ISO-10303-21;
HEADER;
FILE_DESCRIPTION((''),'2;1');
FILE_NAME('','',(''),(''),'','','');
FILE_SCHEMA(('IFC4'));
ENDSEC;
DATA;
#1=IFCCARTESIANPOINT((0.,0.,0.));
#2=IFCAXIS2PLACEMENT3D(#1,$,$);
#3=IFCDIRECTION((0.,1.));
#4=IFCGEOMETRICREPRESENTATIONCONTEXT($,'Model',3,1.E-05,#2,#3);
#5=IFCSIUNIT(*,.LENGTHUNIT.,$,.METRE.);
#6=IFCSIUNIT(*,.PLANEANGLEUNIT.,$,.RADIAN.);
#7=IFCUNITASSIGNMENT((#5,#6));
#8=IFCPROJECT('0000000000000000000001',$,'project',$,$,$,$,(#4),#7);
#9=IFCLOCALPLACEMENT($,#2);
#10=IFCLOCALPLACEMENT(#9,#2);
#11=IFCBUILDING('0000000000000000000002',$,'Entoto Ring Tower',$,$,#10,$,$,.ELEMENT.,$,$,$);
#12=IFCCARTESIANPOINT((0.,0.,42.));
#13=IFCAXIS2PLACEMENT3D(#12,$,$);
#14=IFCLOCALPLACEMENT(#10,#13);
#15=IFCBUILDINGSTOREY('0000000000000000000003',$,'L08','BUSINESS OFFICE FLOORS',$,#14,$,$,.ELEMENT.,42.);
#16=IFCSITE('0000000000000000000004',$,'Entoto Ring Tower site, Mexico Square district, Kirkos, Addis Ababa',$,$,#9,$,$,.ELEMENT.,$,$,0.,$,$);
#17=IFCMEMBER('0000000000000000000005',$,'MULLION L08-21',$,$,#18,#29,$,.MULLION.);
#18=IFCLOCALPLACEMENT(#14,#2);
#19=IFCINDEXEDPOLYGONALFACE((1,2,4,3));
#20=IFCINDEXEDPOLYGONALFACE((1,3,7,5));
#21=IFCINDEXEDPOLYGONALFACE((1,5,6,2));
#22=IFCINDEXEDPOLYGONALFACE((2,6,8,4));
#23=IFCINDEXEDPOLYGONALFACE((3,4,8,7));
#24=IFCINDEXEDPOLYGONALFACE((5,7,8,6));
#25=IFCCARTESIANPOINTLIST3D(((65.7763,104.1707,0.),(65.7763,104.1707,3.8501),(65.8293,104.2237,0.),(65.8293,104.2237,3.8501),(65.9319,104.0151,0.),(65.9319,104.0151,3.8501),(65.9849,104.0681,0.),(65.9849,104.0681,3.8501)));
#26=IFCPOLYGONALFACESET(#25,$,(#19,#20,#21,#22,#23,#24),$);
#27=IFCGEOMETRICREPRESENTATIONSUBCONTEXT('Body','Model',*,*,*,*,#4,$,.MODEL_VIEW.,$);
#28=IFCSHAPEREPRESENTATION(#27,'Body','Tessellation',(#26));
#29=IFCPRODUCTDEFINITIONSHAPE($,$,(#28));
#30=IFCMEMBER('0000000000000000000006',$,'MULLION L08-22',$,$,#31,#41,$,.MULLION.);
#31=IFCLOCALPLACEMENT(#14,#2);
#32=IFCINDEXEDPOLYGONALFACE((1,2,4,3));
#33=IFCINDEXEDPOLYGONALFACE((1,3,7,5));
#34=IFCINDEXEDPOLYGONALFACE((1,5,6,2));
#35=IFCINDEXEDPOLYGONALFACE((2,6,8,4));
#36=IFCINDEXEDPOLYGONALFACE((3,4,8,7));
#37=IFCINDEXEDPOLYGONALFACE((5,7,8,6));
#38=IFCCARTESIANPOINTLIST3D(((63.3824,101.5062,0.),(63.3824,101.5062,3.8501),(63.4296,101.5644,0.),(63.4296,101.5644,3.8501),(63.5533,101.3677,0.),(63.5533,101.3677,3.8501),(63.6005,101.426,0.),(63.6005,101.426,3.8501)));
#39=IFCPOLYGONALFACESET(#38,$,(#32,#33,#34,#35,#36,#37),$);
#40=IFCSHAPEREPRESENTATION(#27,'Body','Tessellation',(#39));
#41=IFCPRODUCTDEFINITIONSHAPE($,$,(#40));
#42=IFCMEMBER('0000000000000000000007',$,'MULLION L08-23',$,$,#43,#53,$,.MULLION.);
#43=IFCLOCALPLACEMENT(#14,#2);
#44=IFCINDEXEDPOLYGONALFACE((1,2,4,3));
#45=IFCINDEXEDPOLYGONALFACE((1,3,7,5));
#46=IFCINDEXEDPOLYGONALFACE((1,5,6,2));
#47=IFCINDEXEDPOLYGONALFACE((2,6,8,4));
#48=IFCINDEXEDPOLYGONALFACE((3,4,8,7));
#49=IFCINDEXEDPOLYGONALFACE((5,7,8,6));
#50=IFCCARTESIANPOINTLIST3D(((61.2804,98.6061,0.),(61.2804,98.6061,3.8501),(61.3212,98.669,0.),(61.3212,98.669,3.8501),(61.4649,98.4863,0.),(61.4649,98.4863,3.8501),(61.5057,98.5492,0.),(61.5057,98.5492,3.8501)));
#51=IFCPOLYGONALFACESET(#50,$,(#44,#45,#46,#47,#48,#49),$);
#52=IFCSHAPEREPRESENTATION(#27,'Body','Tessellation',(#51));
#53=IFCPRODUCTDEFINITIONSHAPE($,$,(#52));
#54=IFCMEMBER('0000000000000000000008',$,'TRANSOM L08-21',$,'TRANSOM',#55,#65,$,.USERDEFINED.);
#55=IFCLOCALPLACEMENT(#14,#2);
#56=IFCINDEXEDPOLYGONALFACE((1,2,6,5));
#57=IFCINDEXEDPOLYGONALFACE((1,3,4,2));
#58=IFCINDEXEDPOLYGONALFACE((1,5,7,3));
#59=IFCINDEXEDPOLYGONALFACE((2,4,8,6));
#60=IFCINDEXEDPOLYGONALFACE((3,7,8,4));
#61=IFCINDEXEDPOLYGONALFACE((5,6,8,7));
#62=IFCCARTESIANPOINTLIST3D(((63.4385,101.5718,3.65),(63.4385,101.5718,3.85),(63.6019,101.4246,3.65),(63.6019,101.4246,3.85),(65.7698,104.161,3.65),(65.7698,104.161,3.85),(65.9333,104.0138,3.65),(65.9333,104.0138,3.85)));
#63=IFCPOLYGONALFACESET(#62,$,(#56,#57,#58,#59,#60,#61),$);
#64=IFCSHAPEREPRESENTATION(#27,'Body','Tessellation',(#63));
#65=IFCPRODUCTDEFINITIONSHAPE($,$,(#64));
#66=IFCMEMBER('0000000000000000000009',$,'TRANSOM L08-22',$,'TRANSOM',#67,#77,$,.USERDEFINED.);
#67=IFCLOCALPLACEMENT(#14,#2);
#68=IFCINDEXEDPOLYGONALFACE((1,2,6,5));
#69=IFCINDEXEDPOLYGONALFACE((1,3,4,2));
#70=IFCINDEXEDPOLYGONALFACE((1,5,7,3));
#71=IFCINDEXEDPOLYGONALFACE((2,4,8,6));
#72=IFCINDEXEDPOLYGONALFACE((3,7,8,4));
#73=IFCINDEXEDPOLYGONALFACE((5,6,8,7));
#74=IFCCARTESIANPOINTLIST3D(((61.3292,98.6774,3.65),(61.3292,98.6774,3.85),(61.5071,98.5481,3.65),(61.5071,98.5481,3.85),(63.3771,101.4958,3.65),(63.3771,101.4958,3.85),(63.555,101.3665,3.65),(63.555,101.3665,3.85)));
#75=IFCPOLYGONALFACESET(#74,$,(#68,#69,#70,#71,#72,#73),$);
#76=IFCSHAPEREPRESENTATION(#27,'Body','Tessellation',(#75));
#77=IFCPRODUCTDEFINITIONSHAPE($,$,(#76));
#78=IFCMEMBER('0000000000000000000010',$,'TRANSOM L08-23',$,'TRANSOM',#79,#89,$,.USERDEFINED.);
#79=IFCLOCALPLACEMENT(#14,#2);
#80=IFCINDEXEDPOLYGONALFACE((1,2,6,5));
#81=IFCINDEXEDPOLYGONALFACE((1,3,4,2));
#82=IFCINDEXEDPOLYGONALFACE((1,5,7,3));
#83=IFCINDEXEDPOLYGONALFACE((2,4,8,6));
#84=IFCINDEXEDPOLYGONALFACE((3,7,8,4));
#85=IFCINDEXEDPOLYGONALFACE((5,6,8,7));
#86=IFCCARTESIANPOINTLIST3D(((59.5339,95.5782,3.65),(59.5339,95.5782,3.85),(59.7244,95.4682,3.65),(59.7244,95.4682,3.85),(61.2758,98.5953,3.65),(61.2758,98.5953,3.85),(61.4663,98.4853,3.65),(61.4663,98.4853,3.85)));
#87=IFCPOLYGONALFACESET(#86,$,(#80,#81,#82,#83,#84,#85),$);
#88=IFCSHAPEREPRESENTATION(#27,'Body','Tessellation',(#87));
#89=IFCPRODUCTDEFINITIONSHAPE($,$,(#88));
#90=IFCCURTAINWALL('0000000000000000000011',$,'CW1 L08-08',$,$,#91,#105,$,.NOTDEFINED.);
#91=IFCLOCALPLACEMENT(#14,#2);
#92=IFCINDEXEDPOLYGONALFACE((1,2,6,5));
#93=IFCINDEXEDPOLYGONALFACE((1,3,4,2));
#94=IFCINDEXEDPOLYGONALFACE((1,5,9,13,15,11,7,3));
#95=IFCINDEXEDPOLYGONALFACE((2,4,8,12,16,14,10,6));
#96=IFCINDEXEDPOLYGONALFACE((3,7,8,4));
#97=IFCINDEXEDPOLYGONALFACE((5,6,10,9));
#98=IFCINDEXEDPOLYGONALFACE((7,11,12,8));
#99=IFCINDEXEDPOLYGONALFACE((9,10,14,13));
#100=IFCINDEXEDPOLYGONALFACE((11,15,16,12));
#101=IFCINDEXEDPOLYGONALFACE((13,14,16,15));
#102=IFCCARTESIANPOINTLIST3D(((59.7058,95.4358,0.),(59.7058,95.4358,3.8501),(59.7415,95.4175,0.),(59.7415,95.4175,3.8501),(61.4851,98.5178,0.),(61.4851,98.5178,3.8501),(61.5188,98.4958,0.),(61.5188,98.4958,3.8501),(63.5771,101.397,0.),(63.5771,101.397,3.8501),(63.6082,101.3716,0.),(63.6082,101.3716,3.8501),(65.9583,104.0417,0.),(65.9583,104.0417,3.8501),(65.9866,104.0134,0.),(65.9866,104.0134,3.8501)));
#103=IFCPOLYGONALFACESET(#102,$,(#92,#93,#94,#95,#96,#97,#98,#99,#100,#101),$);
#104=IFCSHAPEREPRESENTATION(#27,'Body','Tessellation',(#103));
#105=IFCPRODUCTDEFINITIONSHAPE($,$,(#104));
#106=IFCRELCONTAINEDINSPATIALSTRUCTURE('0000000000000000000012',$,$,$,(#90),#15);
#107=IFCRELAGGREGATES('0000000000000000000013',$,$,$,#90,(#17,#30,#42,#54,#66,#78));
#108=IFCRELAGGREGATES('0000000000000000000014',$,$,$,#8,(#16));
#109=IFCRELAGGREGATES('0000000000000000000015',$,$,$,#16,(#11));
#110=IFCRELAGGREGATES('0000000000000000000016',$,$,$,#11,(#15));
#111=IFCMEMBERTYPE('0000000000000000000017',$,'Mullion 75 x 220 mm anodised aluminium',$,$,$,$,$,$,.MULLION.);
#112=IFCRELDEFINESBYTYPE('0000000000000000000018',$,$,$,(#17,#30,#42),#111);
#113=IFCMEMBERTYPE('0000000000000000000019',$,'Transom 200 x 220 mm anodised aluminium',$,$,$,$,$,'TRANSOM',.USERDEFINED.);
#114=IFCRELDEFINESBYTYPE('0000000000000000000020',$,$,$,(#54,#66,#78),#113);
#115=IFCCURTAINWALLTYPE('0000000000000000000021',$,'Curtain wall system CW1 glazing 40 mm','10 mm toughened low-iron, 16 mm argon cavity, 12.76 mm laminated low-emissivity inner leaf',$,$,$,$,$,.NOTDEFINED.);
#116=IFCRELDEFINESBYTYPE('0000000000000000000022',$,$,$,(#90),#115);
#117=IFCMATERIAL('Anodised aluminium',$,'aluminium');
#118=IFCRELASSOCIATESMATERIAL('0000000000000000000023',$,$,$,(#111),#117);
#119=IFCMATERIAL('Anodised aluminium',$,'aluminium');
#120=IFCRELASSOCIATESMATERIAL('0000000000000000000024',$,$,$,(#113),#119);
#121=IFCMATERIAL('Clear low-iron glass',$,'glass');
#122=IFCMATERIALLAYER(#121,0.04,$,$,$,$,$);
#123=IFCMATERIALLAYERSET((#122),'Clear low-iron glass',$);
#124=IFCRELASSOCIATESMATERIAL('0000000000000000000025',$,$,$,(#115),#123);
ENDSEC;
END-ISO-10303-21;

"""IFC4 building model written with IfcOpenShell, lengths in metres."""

from ifc_helpers import new_model, si_unit, direction, frame, origin, origin_2d, place, context, subcontext, project, spatial, polyline, rectangle, outline, extrude, material, layer, layer_set, material_profile, profile_set, type_object, element, aggregate, save


model = new_model("IFC4")

# Units and contexts
model_context = context("Model", 3, precision=1e-05, world=origin(), true_north=direction((0.0, 1.0)))
body_context = subcontext(model_context, "Body", "Model", "MODEL_VIEW")
ifc_project = project(units=[si_unit("LENGTHUNIT", "METRE"), si_unit("PLANEANGLEUNIT", "RADIAN")], contexts=[model_context])

# Members
ifc_material_1 = material(Name="Anodised aluminium", Category="aluminium")
ifc_material_profile_1 = material_profile(ifc_material_1, rectangle(XDim=0.075, YDim=0.22, at=origin_2d()), Name="Mullion 75 x 220 mm anodised aluminium")
ifc_profile_set_1 = profile_set([ifc_material_profile_1], Name="Anodised aluminium")
member_type_1 = type_object("IfcMemberType", Name="Mullion 75 x 220 mm anodised aluminium", PredefinedType="MULLION", material=ifc_profile_set_1)
site_placement = place(None, origin())
building_placement = place(site_placement, origin())
storey_placement = place(building_placement, frame((0.0, 0.0, 42.0)))
member_1_placement = place(storey_placement, frame((65.8806, 104.1194, 0.0), z_axis=(0.0, 0.0, 1.0), x_axis=(-0.707107, -0.707107, 0.0)))
member_1 = element("IfcMember", 1, at=member_1_placement, type_object=member_type_1, Name="MULLION L08-21", PredefinedType="MULLION", context=body_context, shape_type="SweptSolid", body=[
    extrude(rectangle(XDim=0.075, YDim=0.22, at=origin_2d()), origin(), (0.0, 0.0, 1.0), 3.8501),
])
member_2_placement = place(storey_placement, frame((63.4915, 101.4661, 0.0), z_axis=(0.0, 0.0, 1.0), x_axis=(-0.62932, -0.777146, 0.0)))
member_2 = element("IfcMember", 2, at=member_2_placement, type_object=member_type_1, Name="MULLION L08-22", PredefinedType="MULLION", context=body_context, shape_type="SweptSolid", body=[
    extrude(rectangle(XDim=0.075, YDim=0.22, at=origin_2d()), origin(), (0.0, 0.0, 1.0), 3.8501),
])
member_3_placement = place(storey_placement, frame((61.3931, 98.5776, 0.0), z_axis=(0.0, 0.0, 1.0), x_axis=(-0.544639, -0.838671, 0.0)))
member_3 = element("IfcMember", 3, at=member_3_placement, type_object=member_type_1, Name="MULLION L08-23", PredefinedType="MULLION", context=body_context, shape_type="SweptSolid", body=[
    extrude(rectangle(XDim=0.075, YDim=0.22, at=origin_2d()), origin(), (0.0, 0.0, 1.0), 3.8501),
])
ifc_material_2 = material(Name="Anodised aluminium", Category="aluminium")
ifc_material_profile_2 = material_profile(ifc_material_2, rectangle(XDim=0.22, YDim=0.2, at=origin_2d()), Name="Transom 200 x 220 mm anodised aluminium")
ifc_profile_set_2 = profile_set([ifc_material_profile_2], Name="Anodised aluminium")
member_type_2 = type_object("IfcMemberType", Name="Transom 200 x 220 mm anodised aluminium", ElementType="TRANSOM", PredefinedType="USERDEFINED", material=ifc_profile_set_2)
member_4_placement = place(storey_placement, frame((65.8516, 104.0874, 3.75), z_axis=(-0.669139, -0.743137, 0.0), x_axis=(0.743137, -0.669139, 0.0)))
member_4 = element("IfcMember", 4, at=member_4_placement, type_object=member_type_2, Name="TRANSOM L08-21", ObjectType="TRANSOM", PredefinedType="USERDEFINED", context=body_context, shape_type="SweptSolid", body=[
    extrude(rectangle(XDim=0.22, YDim=0.2, at=origin_2d()), origin(), (0.0, 0.0, 1.0), 3.4841),
])
member_5_placement = place(storey_placement, frame((63.4661, 101.4312, 3.75), z_axis=(-0.587822, -0.808991, 0.0), x_axis=(0.808991, -0.587822, 0.0)))
member_5 = element("IfcMember", 5, at=member_5_placement, type_object=member_type_2, Name="TRANSOM L08-22", ObjectType="TRANSOM", PredefinedType="USERDEFINED", context=body_context, shape_type="SweptSolid", body=[
    extrude(rectangle(XDim=0.22, YDim=0.2, at=origin_2d()), origin(), (0.0, 0.0, 1.0), 3.4839),
])
member_6_placement = place(storey_placement, frame((61.3711, 98.5403, 3.75), z_axis=(-0.500006, -0.866022, 0.0), x_axis=(0.866022, -0.500006, 0.0)))
member_6 = element("IfcMember", 6, at=member_6_placement, type_object=member_type_2, Name="TRANSOM L08-23", ObjectType="TRANSOM", PredefinedType="USERDEFINED", context=body_context, shape_type="SweptSolid", body=[
    extrude(rectangle(XDim=0.22, YDim=0.2, at=origin_2d()), origin(), (0.0, 0.0, 1.0), 3.4839),
])

# Site, building, storey
site = spatial("IfcSite", under=ifc_project, at=site_placement, Name="Entoto Ring Tower site, Mexico Square district, Kirkos, Addis Ababa", CompositionType="ELEMENT", RefElevation=0.0)
building = spatial("IfcBuilding", under=site, at=building_placement, Name="Entoto Ring Tower", CompositionType="ELEMENT")
storey = spatial("IfcBuildingStorey", under=building, at=storey_placement, Name="L08", Description="BUSINESS OFFICE FLOORS", CompositionType="ELEMENT", Elevation=42.0)

# Curtain wall
ifc_material_3 = material(Name="Clear low-iron glass", Category="glass")
ifc_layer = layer(ifc_material_3, 0.04)
ifc_layer_set = layer_set([ifc_layer], Name="Clear low-iron glass")
curtain_wall_type = type_object("IfcCurtainWallType", Name="Curtain wall system CW1 glazing 40 mm", Description="10 mm toughened low-iron, 16 mm argon cavity, 12.76 mm laminated low-emissivity inner leaf", PredefinedType="NOTDEFINED", material=ifc_layer_set)
curtain_wall_1_placement = place(storey_placement, origin())
curtain_wall_1 = element("IfcCurtainWall", 7, at=curtain_wall_1_placement, inside=storey, type_object=curtain_wall_type, Name="CW1 L08-08", PredefinedType="NOTDEFINED", context=body_context, shape_type="SweptSolid", body=[
    extrude(outline(polyline([(65.9583, 104.0417), (63.5771, 101.397), (61.4851, 98.5178), (59.7058, 95.4358), (59.7415, 95.4175), (61.5188, 98.4958), (63.6082, 101.3716), (65.9866, 104.0134), (65.9583, 104.0417)])), origin(), (0.0, 0.0, 1.0), 3.8501),
])
aggregate(curtain_wall_1, [member_1, member_2, member_3, member_4, member_5, member_6])

save(model, "model.ifc")
